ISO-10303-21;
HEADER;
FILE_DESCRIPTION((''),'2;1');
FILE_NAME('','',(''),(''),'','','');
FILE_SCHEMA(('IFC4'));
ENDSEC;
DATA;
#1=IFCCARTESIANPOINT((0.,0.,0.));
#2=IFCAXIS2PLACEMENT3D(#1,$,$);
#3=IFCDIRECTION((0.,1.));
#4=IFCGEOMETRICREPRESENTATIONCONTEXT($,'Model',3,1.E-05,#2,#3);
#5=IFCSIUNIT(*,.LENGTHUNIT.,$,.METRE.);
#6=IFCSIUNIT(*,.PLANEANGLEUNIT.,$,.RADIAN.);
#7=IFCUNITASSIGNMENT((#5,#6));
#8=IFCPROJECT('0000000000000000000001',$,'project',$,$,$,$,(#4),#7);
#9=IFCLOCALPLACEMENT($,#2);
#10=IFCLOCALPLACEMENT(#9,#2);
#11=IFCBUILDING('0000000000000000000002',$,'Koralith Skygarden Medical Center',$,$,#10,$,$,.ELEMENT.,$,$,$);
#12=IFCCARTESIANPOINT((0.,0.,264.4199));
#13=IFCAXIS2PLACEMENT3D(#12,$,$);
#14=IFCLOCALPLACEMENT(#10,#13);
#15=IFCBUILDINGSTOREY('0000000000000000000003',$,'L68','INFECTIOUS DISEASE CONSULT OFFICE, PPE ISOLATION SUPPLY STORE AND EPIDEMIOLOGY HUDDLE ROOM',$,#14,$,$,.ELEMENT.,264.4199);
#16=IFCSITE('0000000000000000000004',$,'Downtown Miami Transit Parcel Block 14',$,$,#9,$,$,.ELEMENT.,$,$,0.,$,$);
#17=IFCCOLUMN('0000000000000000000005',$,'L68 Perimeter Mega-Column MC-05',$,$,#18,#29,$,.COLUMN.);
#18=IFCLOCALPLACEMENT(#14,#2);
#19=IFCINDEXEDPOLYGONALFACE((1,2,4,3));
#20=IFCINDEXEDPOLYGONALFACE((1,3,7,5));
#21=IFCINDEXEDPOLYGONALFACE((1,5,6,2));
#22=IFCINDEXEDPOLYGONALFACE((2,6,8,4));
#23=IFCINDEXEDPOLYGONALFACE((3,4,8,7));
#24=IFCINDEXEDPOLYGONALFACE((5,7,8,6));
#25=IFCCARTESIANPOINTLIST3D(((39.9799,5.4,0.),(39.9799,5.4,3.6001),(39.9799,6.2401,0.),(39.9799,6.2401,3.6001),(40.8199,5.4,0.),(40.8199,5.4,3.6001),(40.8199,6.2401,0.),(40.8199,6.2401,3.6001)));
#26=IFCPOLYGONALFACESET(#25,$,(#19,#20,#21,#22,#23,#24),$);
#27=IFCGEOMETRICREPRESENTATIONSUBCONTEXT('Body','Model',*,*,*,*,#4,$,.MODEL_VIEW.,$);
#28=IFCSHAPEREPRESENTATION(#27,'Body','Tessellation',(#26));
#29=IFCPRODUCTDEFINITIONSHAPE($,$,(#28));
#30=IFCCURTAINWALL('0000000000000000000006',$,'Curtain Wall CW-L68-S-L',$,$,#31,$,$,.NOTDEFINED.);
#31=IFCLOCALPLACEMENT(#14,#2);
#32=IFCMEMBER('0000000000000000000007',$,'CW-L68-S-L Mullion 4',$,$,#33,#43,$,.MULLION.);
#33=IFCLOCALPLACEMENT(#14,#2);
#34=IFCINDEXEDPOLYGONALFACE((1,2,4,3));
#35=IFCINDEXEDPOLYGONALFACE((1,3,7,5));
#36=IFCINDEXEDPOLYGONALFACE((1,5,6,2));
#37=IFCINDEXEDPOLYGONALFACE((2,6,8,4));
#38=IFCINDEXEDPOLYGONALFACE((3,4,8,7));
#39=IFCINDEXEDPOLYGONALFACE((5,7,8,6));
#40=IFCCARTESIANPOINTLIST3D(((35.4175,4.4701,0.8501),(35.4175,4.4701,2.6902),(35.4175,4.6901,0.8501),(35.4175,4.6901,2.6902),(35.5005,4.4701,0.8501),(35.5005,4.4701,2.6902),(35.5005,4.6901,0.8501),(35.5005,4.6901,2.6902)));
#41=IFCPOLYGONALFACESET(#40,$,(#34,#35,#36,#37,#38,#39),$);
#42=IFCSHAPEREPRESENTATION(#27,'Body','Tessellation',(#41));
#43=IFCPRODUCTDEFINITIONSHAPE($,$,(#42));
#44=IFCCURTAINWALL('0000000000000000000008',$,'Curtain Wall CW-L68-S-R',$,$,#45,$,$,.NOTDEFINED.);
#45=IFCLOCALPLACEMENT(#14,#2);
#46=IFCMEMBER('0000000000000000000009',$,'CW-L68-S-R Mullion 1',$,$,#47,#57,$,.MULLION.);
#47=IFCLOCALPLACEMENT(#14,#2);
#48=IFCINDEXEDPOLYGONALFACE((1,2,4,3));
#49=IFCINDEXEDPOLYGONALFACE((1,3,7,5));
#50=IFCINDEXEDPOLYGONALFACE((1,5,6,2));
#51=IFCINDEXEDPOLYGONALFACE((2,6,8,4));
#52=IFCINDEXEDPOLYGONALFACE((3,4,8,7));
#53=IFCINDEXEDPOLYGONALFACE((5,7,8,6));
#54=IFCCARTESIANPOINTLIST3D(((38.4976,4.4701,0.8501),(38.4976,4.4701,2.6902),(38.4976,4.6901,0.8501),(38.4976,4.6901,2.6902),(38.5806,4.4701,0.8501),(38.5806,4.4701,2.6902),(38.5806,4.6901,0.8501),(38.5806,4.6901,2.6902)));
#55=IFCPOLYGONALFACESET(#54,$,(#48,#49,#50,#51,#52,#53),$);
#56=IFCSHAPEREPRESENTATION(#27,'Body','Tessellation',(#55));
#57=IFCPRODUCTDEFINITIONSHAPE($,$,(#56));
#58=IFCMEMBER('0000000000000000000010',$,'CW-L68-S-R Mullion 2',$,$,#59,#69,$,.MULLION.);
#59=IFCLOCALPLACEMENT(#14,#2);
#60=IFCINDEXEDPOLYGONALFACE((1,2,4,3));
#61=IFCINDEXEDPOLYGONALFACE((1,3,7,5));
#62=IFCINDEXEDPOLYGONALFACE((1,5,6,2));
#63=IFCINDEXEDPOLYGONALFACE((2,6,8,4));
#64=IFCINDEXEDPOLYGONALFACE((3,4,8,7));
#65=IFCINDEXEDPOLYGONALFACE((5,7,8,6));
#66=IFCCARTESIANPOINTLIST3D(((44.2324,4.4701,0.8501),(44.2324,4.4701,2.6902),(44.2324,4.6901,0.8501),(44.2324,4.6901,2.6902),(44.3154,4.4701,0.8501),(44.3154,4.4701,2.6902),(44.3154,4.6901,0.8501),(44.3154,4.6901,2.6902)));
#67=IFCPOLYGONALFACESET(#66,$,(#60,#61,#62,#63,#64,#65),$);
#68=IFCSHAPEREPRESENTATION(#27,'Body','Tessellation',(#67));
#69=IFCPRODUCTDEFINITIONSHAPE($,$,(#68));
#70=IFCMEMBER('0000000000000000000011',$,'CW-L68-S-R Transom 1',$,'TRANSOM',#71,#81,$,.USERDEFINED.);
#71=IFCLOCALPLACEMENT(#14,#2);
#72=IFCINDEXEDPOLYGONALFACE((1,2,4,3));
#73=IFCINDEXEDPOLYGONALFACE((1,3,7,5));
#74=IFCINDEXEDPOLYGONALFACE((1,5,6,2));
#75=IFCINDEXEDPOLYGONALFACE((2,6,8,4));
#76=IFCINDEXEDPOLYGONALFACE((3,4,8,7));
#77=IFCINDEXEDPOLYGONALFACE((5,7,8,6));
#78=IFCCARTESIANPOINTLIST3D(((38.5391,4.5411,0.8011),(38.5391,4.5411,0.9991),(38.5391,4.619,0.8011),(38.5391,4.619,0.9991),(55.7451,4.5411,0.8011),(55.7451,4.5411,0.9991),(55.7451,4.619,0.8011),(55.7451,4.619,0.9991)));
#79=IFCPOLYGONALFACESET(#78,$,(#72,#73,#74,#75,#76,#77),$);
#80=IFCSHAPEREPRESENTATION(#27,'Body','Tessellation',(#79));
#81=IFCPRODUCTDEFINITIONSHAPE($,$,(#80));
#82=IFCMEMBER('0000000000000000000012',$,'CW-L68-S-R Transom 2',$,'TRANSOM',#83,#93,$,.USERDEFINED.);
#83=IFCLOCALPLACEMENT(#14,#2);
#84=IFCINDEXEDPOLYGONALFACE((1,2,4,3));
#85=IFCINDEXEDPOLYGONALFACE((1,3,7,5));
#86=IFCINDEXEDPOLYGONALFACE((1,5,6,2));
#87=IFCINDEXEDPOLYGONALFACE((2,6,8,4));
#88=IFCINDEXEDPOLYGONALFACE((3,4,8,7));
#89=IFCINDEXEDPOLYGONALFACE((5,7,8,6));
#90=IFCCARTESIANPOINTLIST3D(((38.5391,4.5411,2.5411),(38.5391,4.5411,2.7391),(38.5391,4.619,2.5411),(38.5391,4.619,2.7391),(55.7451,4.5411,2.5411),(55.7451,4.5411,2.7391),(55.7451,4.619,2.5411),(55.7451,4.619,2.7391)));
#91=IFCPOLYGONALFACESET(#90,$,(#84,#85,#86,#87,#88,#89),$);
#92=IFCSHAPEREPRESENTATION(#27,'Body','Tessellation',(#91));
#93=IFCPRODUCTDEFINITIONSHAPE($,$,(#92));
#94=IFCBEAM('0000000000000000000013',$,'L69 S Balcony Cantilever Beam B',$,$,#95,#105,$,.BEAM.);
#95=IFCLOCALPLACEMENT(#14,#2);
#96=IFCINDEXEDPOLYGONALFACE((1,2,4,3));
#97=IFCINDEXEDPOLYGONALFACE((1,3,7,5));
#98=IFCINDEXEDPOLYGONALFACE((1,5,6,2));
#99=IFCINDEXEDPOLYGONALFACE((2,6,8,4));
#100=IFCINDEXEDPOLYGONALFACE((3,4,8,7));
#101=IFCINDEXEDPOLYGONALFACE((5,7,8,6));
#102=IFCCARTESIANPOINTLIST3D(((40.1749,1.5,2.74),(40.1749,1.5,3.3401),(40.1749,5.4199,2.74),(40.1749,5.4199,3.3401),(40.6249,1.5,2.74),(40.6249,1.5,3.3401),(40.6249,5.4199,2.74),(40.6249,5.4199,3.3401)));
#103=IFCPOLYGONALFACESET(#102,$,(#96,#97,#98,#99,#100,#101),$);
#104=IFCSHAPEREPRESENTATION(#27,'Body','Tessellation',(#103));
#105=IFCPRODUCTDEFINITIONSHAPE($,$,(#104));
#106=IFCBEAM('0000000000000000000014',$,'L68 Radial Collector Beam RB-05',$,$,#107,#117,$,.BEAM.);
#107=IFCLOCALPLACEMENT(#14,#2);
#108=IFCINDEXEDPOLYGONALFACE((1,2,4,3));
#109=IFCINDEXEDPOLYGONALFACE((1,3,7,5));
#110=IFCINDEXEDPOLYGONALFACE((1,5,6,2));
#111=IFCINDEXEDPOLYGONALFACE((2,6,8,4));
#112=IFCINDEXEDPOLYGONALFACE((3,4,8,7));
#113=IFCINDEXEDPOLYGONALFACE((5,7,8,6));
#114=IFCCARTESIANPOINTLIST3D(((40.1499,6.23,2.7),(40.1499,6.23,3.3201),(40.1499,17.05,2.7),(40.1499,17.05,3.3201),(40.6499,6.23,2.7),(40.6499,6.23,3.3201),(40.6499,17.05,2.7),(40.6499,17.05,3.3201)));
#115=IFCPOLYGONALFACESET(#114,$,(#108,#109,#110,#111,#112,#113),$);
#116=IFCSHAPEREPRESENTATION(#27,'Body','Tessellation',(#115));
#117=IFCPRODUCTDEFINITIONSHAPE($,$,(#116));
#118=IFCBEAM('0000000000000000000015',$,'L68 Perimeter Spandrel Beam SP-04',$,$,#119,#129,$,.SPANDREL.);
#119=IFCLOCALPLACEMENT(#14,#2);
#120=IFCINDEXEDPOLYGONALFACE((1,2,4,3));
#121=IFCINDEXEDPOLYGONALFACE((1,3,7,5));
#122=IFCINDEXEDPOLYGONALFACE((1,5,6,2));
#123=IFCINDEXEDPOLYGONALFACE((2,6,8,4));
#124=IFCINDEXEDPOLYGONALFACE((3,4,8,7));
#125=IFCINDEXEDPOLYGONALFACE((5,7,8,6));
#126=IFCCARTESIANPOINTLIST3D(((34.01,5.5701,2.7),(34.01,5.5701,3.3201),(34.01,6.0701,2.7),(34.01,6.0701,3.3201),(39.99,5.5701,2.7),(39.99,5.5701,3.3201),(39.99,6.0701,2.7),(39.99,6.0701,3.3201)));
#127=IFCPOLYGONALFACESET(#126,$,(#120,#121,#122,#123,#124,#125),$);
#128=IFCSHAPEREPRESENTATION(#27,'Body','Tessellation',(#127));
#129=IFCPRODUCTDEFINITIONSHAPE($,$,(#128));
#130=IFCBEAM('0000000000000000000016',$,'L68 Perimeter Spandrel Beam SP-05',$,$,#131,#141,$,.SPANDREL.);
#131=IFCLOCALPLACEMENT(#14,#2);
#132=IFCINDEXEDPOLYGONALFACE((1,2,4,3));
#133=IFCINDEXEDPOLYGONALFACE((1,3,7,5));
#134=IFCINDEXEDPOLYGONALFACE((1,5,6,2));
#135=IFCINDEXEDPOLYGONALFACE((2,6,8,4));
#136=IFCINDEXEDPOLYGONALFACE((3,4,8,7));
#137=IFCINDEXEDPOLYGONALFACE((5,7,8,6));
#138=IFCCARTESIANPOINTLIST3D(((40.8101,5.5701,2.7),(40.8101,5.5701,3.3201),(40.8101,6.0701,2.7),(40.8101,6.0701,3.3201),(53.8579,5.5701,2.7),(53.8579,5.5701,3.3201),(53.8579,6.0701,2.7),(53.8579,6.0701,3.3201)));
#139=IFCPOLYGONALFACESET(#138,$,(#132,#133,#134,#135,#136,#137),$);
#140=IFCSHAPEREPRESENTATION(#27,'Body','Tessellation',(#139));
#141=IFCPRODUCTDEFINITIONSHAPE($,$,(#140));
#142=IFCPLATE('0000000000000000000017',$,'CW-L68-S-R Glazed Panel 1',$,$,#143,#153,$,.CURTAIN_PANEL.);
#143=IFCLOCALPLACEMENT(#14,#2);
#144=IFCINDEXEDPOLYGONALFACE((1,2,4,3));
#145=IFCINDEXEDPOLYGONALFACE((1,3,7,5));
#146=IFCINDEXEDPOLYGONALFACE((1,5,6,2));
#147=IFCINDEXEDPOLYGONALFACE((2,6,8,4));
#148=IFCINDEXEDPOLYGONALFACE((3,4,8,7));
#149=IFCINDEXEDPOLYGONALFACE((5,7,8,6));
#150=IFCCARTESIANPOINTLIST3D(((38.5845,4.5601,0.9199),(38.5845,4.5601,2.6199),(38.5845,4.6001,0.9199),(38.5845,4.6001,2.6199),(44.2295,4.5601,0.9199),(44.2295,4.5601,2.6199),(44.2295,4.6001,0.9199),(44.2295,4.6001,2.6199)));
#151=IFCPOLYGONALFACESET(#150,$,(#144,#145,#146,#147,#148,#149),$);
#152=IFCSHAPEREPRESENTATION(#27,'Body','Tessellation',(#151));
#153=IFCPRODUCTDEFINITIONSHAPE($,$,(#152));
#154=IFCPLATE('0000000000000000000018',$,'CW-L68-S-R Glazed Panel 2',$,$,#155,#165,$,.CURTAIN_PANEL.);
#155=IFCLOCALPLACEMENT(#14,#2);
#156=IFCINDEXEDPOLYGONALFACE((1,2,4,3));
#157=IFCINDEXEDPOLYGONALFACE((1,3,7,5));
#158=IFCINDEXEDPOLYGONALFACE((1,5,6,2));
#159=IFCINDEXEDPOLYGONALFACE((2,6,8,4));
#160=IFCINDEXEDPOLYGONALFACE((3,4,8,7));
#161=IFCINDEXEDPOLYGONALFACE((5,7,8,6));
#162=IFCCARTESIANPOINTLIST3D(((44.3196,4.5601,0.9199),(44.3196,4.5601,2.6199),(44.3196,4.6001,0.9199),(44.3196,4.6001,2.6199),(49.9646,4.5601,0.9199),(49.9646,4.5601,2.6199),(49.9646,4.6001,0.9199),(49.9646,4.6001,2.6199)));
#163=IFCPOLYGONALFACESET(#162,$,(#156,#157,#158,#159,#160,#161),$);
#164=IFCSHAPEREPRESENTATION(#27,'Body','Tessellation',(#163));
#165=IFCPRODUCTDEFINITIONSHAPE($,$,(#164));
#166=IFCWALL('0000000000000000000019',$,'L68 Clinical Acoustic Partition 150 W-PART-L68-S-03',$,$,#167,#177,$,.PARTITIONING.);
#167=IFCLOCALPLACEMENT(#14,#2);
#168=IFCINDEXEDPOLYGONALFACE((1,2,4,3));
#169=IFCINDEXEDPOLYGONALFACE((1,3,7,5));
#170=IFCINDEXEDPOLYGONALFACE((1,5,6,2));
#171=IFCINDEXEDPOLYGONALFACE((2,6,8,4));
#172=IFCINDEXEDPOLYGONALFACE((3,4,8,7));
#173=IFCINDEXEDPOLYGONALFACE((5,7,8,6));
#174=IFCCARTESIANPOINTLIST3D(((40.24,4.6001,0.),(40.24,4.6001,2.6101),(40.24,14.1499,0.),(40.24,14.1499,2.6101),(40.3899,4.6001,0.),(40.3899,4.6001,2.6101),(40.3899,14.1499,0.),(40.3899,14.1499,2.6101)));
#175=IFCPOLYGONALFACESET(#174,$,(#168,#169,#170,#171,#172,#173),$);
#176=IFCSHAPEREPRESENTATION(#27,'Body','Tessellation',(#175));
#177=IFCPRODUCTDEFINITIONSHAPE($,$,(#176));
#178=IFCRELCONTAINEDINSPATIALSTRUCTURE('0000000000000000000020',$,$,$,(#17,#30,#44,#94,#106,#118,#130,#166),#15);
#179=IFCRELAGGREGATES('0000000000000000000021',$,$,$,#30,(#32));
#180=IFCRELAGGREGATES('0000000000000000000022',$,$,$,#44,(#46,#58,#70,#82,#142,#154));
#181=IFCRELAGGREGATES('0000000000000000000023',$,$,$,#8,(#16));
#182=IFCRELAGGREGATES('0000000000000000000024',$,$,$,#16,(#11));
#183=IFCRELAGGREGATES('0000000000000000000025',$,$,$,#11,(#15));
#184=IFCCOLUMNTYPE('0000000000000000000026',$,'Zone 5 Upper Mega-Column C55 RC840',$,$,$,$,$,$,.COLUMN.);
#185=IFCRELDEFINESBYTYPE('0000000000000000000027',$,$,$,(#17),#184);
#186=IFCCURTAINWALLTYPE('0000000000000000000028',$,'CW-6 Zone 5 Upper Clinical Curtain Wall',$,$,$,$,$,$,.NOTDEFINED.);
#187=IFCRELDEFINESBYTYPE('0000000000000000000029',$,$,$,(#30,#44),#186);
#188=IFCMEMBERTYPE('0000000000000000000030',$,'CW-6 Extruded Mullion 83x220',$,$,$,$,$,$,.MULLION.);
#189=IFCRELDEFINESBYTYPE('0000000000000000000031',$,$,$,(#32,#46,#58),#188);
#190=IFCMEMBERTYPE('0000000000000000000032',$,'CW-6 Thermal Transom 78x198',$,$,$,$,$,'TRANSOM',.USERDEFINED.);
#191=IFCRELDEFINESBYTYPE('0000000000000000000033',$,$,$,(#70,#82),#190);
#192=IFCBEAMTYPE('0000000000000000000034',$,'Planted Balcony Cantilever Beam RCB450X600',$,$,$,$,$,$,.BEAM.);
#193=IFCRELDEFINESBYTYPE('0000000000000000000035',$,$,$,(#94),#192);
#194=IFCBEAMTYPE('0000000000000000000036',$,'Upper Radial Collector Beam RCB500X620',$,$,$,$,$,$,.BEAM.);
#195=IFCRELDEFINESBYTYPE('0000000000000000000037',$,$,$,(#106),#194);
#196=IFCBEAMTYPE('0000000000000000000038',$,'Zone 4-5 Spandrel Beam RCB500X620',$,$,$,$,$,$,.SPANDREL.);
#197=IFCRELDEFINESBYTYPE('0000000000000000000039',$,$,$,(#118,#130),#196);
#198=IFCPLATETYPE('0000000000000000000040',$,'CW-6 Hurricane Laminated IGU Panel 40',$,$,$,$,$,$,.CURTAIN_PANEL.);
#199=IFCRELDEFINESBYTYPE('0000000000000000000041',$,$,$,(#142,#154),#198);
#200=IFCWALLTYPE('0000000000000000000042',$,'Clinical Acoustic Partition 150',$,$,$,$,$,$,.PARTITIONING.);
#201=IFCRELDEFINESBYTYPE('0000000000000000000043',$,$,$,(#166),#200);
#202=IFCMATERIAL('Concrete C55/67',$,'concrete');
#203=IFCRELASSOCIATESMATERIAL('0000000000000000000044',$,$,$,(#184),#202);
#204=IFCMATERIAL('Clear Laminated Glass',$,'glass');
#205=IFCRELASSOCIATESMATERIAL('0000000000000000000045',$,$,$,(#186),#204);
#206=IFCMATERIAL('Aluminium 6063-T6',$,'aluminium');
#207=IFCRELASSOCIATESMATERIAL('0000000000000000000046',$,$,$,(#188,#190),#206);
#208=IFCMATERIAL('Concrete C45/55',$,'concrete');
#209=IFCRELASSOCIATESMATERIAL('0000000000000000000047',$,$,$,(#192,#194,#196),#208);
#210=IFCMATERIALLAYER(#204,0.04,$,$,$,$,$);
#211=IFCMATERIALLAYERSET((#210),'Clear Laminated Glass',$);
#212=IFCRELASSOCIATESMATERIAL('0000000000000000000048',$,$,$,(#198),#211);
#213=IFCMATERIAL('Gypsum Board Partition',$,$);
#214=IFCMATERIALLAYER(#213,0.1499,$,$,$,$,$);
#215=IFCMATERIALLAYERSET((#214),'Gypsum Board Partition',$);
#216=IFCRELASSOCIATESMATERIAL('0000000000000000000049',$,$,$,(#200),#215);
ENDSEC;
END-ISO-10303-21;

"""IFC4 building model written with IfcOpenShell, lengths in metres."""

from ifc_helpers import new_model, si_unit, direction, frame, frame_2d, origin, origin_2d, place, context, subcontext, project, spatial, rectangle, extrude, material, layer, layer_set, material_profile, profile_set, type_object, element, aggregate, save


model = new_model("IFC4")

# Units and contexts
model_context = context("Model", 3, precision=1e-05, world=origin(), true_north=direction((0.0, 1.0)))
body_context = subcontext(model_context, "Body", "Model", "MODEL_VIEW")
ifc_project = project(units=[si_unit("LENGTHUNIT", "METRE"), si_unit("PLANEANGLEUNIT", "RADIAN")], contexts=[model_context])

# Site, building, storey
site_placement = place(None, origin())
site = spatial("IfcSite", under=ifc_project, at=site_placement, Name="Downtown Miami Transit Parcel Block 14", CompositionType="ELEMENT", RefElevation=0.0)
building_placement = place(site_placement, origin())
building = spatial("IfcBuilding", under=site, at=building_placement, Name="Koralith Skygarden Medical Center", CompositionType="ELEMENT")
storey_placement = place(building_placement, frame((0.0, 0.0, 264.4199)))
storey = spatial("IfcBuildingStorey", under=building, at=storey_placement, Name="L68", Description="INFECTIOUS DISEASE CONSULT OFFICE, PPE ISOLATION SUPPLY STORE AND EPIDEMIOLOGY HUDDLE ROOM", CompositionType="ELEMENT", Elevation=264.4199)

# Column
ifc_material_1 = material(Name="Concrete C55/67", Category="concrete")
ifc_material_profile_1 = material_profile(ifc_material_1, rectangle(XDim=0.8401, YDim=0.8401, at=origin_2d()), Name="RC840X840")
ifc_profile_set_1 = profile_set([ifc_material_profile_1], Name="Concrete C55/67")
column_type = type_object("IfcColumnType", Name="Zone 5 Upper Mega-Column C55 RC840", PredefinedType="COLUMN", material=ifc_profile_set_1)
column_placement = place(storey_placement, frame((40.3999, 5.8201, 0.0), z_axis=(0.0, 0.0, 1.0), x_axis=(1.0, 0.0, 0.0)))
element("IfcColumn", 1, at=column_placement, inside=storey, type_object=column_type, Name="L68 Perimeter Mega-Column MC-05", PredefinedType="COLUMN", context=body_context, shape_type="SweptSolid", body=[
    extrude(rectangle(XDim=0.8401, YDim=0.8401, at=origin_2d()), origin(), (0.0, 0.0, 1.0), 3.6001),
])

# Curtain wall, member
ifc_material_2 = material(Name="Clear Laminated Glass", Category="glass")
curtain_wall_type = type_object("IfcCurtainWallType", Name="CW-6 Zone 5 Upper Clinical Curtain Wall", PredefinedType="NOTDEFINED", material=ifc_material_2)
curtain_wall_1_placement = place(storey_placement, origin())
curtain_wall_1 = element("IfcCurtainWall", 2, at=curtain_wall_1_placement, inside=storey, type_object=curtain_wall_type, Name="Curtain Wall CW-L68-S-L", PredefinedType="NOTDEFINED")
ifc_material_3 = material(Name="Aluminium 6063-T6", Category="aluminium")
ifc_material_profile_2 = material_profile(ifc_material_3, rectangle(XDim=0.083, YDim=0.22, at=origin_2d()), Name="MUL83X220")
ifc_profile_set_2 = profile_set([ifc_material_profile_2], Name="Aluminium 6063-T6")
member_type_1 = type_object("IfcMemberType", Name="CW-6 Extruded Mullion 83x220", PredefinedType="MULLION", material=ifc_profile_set_2)
member_1_placement = place(storey_placement, frame((35.459, 4.5801, 0.8501), z_axis=(0.0, 0.0, 1.0), x_axis=(1.0, 0.0, 0.0)))
member_1 = element("IfcMember", 3, at=member_1_placement, type_object=member_type_1, Name="CW-L68-S-L Mullion 4", PredefinedType="MULLION", context=body_context, shape_type="SweptSolid", body=[
    extrude(rectangle(XDim=0.083, YDim=0.22, at=origin_2d()), origin(), (0.0, 0.0, 1.0), 1.8401),
])
aggregate(curtain_wall_1, [member_1])

# Curtain wall, members
curtain_wall_2_placement = place(storey_placement, origin())
curtain_wall_2 = element("IfcCurtainWall", 4, at=curtain_wall_2_placement, inside=storey, type_object=curtain_wall_type, Name="Curtain Wall CW-L68-S-R", PredefinedType="NOTDEFINED")
member_2_placement = place(storey_placement, frame((38.5391, 4.5801, 0.8501), z_axis=(0.0, 0.0, 1.0), x_axis=(1.0, 0.0, 0.0)))
member_2 = element("IfcMember", 5, at=member_2_placement, type_object=member_type_1, Name="CW-L68-S-R Mullion 1", PredefinedType="MULLION", context=body_context, shape_type="SweptSolid", body=[
    extrude(rectangle(XDim=0.083, YDim=0.22, at=origin_2d()), origin(), (0.0, 0.0, 1.0), 1.8401),
])
member_3_placement = place(storey_placement, frame((44.2739, 4.5801, 0.8501), z_axis=(0.0, 0.0, 1.0), x_axis=(1.0, 0.0, 0.0)))
member_3 = element("IfcMember", 6, at=member_3_placement, type_object=member_type_1, Name="CW-L68-S-R Mullion 2", PredefinedType="MULLION", context=body_context, shape_type="SweptSolid", body=[
    extrude(rectangle(XDim=0.083, YDim=0.22, at=origin_2d()), origin(), (0.0, 0.0, 1.0), 1.8401),
])
ifc_material_profile_3 = material_profile(ifc_material_3, rectangle(XDim=0.0779, YDim=0.198, at=origin_2d()), Name="TRN78X198")
ifc_profile_set_3 = profile_set([ifc_material_profile_3], Name="Aluminium 6063-T6")
member_type_2 = type_object("IfcMemberType", Name="CW-6 Thermal Transom 78x198", ElementType="TRANSOM", PredefinedType="USERDEFINED", material=ifc_profile_set_3)
member_4_placement = place(storey_placement, frame((38.5391, 4.5801, 0.9001), z_axis=(1.0, 0.0, 0.0), x_axis=(0.0, 1.0, 0.0)))
member_4 = element("IfcMember", 7, at=member_4_placement, type_object=member_type_2, Name="CW-L68-S-R Transom 1", ObjectType="TRANSOM", PredefinedType="USERDEFINED", context=body_context, shape_type="SweptSolid", body=[
    extrude(rectangle(XDim=0.0779, YDim=0.198, at=origin_2d()), origin(), (0.0, 0.0, 1.0), 17.2061),
])
member_5_placement = place(storey_placement, frame((38.5391, 4.5801, 2.6401), z_axis=(1.0, 0.0, 0.0), x_axis=(0.0, 1.0, 0.0)))
member_5 = element("IfcMember", 8, at=member_5_placement, type_object=member_type_2, Name="CW-L68-S-R Transom 2", ObjectType="TRANSOM", PredefinedType="USERDEFINED", context=body_context, shape_type="SweptSolid", body=[
    extrude(rectangle(XDim=0.0779, YDim=0.198, at=origin_2d()), origin(), (0.0, 0.0, 1.0), 17.2061),
])

# Beams
ifc_material_4 = material(Name="Concrete C45/55", Category="concrete")
ifc_material_profile_4 = material_profile(ifc_material_4, rectangle(XDim=0.45, YDim=0.6001, at=origin_2d()), Name="RCB450X600")
ifc_profile_set_4 = profile_set([ifc_material_profile_4], Name="Concrete C45/55")
beam_type_1 = type_object("IfcBeamType", Name="Planted Balcony Cantilever Beam RCB450X600", PredefinedType="BEAM", material=ifc_profile_set_4)
beam_1_placement = place(storey_placement, frame((40.3999, 5.4199, 3.04), z_axis=(0.0, -1.0, 0.0), x_axis=(1.0, 0.0, 0.0)))
element("IfcBeam", 9, at=beam_1_placement, inside=storey, type_object=beam_type_1, Name="L69 S Balcony Cantilever Beam B", PredefinedType="BEAM", context=body_context, shape_type="SweptSolid", body=[
    extrude(rectangle(XDim=0.45, YDim=0.6001, at=origin_2d()), origin(), (0.0, 0.0, 1.0), 3.9199),
])
ifc_material_profile_5 = material_profile(ifc_material_4, rectangle(XDim=0.5, YDim=0.6201, at=origin_2d()), Name="RCB500X620")
ifc_profile_set_5 = profile_set([ifc_material_profile_5], Name="Concrete C45/55")
beam_type_2 = type_object("IfcBeamType", Name="Upper Radial Collector Beam RCB500X620", PredefinedType="BEAM", material=ifc_profile_set_5)
beam_2_placement = place(storey_placement, frame((40.3999, 17.05, 3.01), z_axis=(0.0, -1.0, 0.0), x_axis=(1.0, 0.0, 0.0)))
element("IfcBeam", 10, at=beam_2_placement, inside=storey, type_object=beam_type_2, Name="L68 Radial Collector Beam RB-05", PredefinedType="BEAM", context=body_context, shape_type="SweptSolid", body=[
    extrude(rectangle(XDim=0.5, YDim=0.6201, at=origin_2d()), origin(), (0.0, 0.0, 1.0), 10.8201),
])
ifc_material_profile_6 = material_profile(ifc_material_4, rectangle(XDim=0.5, YDim=0.6201, at=origin_2d()), Name="RCB500X620")
ifc_profile_set_6 = profile_set([ifc_material_profile_6], Name="Concrete C45/55")
beam_type_3 = type_object("IfcBeamType", Name="Zone 4-5 Spandrel Beam RCB500X620", PredefinedType="SPANDREL", material=ifc_profile_set_6)
beam_3_placement = place(storey_placement, frame((34.01, 5.8201, 3.01), z_axis=(1.0, 0.0, 0.0), x_axis=(0.0, 1.0, 0.0)))
element("IfcBeam", 11, at=beam_3_placement, inside=storey, type_object=beam_type_3, Name="L68 Perimeter Spandrel Beam SP-04", PredefinedType="SPANDREL", context=body_context, shape_type="SweptSolid", body=[
    extrude(rectangle(XDim=0.5, YDim=0.6201, at=origin_2d()), origin(), (0.0, 0.0, 1.0), 5.98),
])
beam_4_placement = place(storey_placement, frame((40.8101, 5.8201, 3.01), z_axis=(1.0, 0.0, 0.0), x_axis=(0.0, 1.0, 0.0)))
element("IfcBeam", 12, at=beam_4_placement, inside=storey, type_object=beam_type_3, Name="L68 Perimeter Spandrel Beam SP-05", PredefinedType="SPANDREL", context=body_context, shape_type="SweptSolid", body=[
    extrude(rectangle(XDim=0.5, YDim=0.6201, at=origin_2d()), origin(), (0.0, 0.0, 1.0), 13.0479),
])

# Plates
ifc_layer_1 = layer(ifc_material_2, 0.04)
ifc_layer_set_1 = layer_set([ifc_layer_1], Name="Clear Laminated Glass")
plate_type = type_object("IfcPlateType", Name="CW-6 Hurricane Laminated IGU Panel 40", PredefinedType="CURTAIN_PANEL", material=ifc_layer_set_1)
plate_1_placement = place(storey_placement, frame((41.407, 4.5801, 0.9199), z_axis=(0.0, 0.0, 1.0), x_axis=(1.0, 0.0, 0.0)))
plate_1 = element("IfcPlate", 13, at=plate_1_placement, type_object=plate_type, Name="CW-L68-S-R Glazed Panel 1", PredefinedType="CURTAIN_PANEL", context=body_context, shape_type="SweptSolid", body=[
    extrude(rectangle(XDim=5.645, YDim=0.04, at=origin_2d()), origin(), (0.0, 0.0, 1.0), 1.7),
])
plate_2_placement = place(storey_placement, frame((47.1421, 4.5801, 0.9199), z_axis=(0.0, 0.0, 1.0), x_axis=(1.0, 0.0, 0.0)))
plate_2 = element("IfcPlate", 14, at=plate_2_placement, type_object=plate_type, Name="CW-L68-S-R Glazed Panel 2", PredefinedType="CURTAIN_PANEL", context=body_context, shape_type="SweptSolid", body=[
    extrude(rectangle(XDim=5.645, YDim=0.04, at=origin_2d()), origin(), (0.0, 0.0, 1.0), 1.7),
])
aggregate(curtain_wall_2, [member_2, member_3, member_4, member_5, plate_1, plate_2])

# Wall
ifc_material_5 = material(Name="Gypsum Board Partition")
ifc_layer_2 = layer(ifc_material_5, 0.1499)
ifc_layer_set_2 = layer_set([ifc_layer_2], Name="Gypsum Board Partition")
wall_type_1 = type_object("IfcWallType", Name="Clinical Acoustic Partition 150", PredefinedType="PARTITIONING", material=ifc_layer_set_2)
wall_1_placement = place(storey_placement, frame((40.3149, 14.1499, 0.0), z_axis=(0.0, 0.0, 1.0), x_axis=(0.0, -1.0, 0.0)))
element("IfcWall", 15, at=wall_1_placement, inside=storey, type_object=wall_type_1, Name="L68 Clinical Acoustic Partition 150 W-PART-L68-S-03", PredefinedType="PARTITIONING", context=body_context, shape_type="SweptSolid", body=[
    extrude(rectangle(XDim=9.5498, YDim=0.1499, at=frame_2d((4.7749, 0.0))), origin(), (0.0, 0.0, 1.0), 2.6101),
])

save(model, "model.ifc")
